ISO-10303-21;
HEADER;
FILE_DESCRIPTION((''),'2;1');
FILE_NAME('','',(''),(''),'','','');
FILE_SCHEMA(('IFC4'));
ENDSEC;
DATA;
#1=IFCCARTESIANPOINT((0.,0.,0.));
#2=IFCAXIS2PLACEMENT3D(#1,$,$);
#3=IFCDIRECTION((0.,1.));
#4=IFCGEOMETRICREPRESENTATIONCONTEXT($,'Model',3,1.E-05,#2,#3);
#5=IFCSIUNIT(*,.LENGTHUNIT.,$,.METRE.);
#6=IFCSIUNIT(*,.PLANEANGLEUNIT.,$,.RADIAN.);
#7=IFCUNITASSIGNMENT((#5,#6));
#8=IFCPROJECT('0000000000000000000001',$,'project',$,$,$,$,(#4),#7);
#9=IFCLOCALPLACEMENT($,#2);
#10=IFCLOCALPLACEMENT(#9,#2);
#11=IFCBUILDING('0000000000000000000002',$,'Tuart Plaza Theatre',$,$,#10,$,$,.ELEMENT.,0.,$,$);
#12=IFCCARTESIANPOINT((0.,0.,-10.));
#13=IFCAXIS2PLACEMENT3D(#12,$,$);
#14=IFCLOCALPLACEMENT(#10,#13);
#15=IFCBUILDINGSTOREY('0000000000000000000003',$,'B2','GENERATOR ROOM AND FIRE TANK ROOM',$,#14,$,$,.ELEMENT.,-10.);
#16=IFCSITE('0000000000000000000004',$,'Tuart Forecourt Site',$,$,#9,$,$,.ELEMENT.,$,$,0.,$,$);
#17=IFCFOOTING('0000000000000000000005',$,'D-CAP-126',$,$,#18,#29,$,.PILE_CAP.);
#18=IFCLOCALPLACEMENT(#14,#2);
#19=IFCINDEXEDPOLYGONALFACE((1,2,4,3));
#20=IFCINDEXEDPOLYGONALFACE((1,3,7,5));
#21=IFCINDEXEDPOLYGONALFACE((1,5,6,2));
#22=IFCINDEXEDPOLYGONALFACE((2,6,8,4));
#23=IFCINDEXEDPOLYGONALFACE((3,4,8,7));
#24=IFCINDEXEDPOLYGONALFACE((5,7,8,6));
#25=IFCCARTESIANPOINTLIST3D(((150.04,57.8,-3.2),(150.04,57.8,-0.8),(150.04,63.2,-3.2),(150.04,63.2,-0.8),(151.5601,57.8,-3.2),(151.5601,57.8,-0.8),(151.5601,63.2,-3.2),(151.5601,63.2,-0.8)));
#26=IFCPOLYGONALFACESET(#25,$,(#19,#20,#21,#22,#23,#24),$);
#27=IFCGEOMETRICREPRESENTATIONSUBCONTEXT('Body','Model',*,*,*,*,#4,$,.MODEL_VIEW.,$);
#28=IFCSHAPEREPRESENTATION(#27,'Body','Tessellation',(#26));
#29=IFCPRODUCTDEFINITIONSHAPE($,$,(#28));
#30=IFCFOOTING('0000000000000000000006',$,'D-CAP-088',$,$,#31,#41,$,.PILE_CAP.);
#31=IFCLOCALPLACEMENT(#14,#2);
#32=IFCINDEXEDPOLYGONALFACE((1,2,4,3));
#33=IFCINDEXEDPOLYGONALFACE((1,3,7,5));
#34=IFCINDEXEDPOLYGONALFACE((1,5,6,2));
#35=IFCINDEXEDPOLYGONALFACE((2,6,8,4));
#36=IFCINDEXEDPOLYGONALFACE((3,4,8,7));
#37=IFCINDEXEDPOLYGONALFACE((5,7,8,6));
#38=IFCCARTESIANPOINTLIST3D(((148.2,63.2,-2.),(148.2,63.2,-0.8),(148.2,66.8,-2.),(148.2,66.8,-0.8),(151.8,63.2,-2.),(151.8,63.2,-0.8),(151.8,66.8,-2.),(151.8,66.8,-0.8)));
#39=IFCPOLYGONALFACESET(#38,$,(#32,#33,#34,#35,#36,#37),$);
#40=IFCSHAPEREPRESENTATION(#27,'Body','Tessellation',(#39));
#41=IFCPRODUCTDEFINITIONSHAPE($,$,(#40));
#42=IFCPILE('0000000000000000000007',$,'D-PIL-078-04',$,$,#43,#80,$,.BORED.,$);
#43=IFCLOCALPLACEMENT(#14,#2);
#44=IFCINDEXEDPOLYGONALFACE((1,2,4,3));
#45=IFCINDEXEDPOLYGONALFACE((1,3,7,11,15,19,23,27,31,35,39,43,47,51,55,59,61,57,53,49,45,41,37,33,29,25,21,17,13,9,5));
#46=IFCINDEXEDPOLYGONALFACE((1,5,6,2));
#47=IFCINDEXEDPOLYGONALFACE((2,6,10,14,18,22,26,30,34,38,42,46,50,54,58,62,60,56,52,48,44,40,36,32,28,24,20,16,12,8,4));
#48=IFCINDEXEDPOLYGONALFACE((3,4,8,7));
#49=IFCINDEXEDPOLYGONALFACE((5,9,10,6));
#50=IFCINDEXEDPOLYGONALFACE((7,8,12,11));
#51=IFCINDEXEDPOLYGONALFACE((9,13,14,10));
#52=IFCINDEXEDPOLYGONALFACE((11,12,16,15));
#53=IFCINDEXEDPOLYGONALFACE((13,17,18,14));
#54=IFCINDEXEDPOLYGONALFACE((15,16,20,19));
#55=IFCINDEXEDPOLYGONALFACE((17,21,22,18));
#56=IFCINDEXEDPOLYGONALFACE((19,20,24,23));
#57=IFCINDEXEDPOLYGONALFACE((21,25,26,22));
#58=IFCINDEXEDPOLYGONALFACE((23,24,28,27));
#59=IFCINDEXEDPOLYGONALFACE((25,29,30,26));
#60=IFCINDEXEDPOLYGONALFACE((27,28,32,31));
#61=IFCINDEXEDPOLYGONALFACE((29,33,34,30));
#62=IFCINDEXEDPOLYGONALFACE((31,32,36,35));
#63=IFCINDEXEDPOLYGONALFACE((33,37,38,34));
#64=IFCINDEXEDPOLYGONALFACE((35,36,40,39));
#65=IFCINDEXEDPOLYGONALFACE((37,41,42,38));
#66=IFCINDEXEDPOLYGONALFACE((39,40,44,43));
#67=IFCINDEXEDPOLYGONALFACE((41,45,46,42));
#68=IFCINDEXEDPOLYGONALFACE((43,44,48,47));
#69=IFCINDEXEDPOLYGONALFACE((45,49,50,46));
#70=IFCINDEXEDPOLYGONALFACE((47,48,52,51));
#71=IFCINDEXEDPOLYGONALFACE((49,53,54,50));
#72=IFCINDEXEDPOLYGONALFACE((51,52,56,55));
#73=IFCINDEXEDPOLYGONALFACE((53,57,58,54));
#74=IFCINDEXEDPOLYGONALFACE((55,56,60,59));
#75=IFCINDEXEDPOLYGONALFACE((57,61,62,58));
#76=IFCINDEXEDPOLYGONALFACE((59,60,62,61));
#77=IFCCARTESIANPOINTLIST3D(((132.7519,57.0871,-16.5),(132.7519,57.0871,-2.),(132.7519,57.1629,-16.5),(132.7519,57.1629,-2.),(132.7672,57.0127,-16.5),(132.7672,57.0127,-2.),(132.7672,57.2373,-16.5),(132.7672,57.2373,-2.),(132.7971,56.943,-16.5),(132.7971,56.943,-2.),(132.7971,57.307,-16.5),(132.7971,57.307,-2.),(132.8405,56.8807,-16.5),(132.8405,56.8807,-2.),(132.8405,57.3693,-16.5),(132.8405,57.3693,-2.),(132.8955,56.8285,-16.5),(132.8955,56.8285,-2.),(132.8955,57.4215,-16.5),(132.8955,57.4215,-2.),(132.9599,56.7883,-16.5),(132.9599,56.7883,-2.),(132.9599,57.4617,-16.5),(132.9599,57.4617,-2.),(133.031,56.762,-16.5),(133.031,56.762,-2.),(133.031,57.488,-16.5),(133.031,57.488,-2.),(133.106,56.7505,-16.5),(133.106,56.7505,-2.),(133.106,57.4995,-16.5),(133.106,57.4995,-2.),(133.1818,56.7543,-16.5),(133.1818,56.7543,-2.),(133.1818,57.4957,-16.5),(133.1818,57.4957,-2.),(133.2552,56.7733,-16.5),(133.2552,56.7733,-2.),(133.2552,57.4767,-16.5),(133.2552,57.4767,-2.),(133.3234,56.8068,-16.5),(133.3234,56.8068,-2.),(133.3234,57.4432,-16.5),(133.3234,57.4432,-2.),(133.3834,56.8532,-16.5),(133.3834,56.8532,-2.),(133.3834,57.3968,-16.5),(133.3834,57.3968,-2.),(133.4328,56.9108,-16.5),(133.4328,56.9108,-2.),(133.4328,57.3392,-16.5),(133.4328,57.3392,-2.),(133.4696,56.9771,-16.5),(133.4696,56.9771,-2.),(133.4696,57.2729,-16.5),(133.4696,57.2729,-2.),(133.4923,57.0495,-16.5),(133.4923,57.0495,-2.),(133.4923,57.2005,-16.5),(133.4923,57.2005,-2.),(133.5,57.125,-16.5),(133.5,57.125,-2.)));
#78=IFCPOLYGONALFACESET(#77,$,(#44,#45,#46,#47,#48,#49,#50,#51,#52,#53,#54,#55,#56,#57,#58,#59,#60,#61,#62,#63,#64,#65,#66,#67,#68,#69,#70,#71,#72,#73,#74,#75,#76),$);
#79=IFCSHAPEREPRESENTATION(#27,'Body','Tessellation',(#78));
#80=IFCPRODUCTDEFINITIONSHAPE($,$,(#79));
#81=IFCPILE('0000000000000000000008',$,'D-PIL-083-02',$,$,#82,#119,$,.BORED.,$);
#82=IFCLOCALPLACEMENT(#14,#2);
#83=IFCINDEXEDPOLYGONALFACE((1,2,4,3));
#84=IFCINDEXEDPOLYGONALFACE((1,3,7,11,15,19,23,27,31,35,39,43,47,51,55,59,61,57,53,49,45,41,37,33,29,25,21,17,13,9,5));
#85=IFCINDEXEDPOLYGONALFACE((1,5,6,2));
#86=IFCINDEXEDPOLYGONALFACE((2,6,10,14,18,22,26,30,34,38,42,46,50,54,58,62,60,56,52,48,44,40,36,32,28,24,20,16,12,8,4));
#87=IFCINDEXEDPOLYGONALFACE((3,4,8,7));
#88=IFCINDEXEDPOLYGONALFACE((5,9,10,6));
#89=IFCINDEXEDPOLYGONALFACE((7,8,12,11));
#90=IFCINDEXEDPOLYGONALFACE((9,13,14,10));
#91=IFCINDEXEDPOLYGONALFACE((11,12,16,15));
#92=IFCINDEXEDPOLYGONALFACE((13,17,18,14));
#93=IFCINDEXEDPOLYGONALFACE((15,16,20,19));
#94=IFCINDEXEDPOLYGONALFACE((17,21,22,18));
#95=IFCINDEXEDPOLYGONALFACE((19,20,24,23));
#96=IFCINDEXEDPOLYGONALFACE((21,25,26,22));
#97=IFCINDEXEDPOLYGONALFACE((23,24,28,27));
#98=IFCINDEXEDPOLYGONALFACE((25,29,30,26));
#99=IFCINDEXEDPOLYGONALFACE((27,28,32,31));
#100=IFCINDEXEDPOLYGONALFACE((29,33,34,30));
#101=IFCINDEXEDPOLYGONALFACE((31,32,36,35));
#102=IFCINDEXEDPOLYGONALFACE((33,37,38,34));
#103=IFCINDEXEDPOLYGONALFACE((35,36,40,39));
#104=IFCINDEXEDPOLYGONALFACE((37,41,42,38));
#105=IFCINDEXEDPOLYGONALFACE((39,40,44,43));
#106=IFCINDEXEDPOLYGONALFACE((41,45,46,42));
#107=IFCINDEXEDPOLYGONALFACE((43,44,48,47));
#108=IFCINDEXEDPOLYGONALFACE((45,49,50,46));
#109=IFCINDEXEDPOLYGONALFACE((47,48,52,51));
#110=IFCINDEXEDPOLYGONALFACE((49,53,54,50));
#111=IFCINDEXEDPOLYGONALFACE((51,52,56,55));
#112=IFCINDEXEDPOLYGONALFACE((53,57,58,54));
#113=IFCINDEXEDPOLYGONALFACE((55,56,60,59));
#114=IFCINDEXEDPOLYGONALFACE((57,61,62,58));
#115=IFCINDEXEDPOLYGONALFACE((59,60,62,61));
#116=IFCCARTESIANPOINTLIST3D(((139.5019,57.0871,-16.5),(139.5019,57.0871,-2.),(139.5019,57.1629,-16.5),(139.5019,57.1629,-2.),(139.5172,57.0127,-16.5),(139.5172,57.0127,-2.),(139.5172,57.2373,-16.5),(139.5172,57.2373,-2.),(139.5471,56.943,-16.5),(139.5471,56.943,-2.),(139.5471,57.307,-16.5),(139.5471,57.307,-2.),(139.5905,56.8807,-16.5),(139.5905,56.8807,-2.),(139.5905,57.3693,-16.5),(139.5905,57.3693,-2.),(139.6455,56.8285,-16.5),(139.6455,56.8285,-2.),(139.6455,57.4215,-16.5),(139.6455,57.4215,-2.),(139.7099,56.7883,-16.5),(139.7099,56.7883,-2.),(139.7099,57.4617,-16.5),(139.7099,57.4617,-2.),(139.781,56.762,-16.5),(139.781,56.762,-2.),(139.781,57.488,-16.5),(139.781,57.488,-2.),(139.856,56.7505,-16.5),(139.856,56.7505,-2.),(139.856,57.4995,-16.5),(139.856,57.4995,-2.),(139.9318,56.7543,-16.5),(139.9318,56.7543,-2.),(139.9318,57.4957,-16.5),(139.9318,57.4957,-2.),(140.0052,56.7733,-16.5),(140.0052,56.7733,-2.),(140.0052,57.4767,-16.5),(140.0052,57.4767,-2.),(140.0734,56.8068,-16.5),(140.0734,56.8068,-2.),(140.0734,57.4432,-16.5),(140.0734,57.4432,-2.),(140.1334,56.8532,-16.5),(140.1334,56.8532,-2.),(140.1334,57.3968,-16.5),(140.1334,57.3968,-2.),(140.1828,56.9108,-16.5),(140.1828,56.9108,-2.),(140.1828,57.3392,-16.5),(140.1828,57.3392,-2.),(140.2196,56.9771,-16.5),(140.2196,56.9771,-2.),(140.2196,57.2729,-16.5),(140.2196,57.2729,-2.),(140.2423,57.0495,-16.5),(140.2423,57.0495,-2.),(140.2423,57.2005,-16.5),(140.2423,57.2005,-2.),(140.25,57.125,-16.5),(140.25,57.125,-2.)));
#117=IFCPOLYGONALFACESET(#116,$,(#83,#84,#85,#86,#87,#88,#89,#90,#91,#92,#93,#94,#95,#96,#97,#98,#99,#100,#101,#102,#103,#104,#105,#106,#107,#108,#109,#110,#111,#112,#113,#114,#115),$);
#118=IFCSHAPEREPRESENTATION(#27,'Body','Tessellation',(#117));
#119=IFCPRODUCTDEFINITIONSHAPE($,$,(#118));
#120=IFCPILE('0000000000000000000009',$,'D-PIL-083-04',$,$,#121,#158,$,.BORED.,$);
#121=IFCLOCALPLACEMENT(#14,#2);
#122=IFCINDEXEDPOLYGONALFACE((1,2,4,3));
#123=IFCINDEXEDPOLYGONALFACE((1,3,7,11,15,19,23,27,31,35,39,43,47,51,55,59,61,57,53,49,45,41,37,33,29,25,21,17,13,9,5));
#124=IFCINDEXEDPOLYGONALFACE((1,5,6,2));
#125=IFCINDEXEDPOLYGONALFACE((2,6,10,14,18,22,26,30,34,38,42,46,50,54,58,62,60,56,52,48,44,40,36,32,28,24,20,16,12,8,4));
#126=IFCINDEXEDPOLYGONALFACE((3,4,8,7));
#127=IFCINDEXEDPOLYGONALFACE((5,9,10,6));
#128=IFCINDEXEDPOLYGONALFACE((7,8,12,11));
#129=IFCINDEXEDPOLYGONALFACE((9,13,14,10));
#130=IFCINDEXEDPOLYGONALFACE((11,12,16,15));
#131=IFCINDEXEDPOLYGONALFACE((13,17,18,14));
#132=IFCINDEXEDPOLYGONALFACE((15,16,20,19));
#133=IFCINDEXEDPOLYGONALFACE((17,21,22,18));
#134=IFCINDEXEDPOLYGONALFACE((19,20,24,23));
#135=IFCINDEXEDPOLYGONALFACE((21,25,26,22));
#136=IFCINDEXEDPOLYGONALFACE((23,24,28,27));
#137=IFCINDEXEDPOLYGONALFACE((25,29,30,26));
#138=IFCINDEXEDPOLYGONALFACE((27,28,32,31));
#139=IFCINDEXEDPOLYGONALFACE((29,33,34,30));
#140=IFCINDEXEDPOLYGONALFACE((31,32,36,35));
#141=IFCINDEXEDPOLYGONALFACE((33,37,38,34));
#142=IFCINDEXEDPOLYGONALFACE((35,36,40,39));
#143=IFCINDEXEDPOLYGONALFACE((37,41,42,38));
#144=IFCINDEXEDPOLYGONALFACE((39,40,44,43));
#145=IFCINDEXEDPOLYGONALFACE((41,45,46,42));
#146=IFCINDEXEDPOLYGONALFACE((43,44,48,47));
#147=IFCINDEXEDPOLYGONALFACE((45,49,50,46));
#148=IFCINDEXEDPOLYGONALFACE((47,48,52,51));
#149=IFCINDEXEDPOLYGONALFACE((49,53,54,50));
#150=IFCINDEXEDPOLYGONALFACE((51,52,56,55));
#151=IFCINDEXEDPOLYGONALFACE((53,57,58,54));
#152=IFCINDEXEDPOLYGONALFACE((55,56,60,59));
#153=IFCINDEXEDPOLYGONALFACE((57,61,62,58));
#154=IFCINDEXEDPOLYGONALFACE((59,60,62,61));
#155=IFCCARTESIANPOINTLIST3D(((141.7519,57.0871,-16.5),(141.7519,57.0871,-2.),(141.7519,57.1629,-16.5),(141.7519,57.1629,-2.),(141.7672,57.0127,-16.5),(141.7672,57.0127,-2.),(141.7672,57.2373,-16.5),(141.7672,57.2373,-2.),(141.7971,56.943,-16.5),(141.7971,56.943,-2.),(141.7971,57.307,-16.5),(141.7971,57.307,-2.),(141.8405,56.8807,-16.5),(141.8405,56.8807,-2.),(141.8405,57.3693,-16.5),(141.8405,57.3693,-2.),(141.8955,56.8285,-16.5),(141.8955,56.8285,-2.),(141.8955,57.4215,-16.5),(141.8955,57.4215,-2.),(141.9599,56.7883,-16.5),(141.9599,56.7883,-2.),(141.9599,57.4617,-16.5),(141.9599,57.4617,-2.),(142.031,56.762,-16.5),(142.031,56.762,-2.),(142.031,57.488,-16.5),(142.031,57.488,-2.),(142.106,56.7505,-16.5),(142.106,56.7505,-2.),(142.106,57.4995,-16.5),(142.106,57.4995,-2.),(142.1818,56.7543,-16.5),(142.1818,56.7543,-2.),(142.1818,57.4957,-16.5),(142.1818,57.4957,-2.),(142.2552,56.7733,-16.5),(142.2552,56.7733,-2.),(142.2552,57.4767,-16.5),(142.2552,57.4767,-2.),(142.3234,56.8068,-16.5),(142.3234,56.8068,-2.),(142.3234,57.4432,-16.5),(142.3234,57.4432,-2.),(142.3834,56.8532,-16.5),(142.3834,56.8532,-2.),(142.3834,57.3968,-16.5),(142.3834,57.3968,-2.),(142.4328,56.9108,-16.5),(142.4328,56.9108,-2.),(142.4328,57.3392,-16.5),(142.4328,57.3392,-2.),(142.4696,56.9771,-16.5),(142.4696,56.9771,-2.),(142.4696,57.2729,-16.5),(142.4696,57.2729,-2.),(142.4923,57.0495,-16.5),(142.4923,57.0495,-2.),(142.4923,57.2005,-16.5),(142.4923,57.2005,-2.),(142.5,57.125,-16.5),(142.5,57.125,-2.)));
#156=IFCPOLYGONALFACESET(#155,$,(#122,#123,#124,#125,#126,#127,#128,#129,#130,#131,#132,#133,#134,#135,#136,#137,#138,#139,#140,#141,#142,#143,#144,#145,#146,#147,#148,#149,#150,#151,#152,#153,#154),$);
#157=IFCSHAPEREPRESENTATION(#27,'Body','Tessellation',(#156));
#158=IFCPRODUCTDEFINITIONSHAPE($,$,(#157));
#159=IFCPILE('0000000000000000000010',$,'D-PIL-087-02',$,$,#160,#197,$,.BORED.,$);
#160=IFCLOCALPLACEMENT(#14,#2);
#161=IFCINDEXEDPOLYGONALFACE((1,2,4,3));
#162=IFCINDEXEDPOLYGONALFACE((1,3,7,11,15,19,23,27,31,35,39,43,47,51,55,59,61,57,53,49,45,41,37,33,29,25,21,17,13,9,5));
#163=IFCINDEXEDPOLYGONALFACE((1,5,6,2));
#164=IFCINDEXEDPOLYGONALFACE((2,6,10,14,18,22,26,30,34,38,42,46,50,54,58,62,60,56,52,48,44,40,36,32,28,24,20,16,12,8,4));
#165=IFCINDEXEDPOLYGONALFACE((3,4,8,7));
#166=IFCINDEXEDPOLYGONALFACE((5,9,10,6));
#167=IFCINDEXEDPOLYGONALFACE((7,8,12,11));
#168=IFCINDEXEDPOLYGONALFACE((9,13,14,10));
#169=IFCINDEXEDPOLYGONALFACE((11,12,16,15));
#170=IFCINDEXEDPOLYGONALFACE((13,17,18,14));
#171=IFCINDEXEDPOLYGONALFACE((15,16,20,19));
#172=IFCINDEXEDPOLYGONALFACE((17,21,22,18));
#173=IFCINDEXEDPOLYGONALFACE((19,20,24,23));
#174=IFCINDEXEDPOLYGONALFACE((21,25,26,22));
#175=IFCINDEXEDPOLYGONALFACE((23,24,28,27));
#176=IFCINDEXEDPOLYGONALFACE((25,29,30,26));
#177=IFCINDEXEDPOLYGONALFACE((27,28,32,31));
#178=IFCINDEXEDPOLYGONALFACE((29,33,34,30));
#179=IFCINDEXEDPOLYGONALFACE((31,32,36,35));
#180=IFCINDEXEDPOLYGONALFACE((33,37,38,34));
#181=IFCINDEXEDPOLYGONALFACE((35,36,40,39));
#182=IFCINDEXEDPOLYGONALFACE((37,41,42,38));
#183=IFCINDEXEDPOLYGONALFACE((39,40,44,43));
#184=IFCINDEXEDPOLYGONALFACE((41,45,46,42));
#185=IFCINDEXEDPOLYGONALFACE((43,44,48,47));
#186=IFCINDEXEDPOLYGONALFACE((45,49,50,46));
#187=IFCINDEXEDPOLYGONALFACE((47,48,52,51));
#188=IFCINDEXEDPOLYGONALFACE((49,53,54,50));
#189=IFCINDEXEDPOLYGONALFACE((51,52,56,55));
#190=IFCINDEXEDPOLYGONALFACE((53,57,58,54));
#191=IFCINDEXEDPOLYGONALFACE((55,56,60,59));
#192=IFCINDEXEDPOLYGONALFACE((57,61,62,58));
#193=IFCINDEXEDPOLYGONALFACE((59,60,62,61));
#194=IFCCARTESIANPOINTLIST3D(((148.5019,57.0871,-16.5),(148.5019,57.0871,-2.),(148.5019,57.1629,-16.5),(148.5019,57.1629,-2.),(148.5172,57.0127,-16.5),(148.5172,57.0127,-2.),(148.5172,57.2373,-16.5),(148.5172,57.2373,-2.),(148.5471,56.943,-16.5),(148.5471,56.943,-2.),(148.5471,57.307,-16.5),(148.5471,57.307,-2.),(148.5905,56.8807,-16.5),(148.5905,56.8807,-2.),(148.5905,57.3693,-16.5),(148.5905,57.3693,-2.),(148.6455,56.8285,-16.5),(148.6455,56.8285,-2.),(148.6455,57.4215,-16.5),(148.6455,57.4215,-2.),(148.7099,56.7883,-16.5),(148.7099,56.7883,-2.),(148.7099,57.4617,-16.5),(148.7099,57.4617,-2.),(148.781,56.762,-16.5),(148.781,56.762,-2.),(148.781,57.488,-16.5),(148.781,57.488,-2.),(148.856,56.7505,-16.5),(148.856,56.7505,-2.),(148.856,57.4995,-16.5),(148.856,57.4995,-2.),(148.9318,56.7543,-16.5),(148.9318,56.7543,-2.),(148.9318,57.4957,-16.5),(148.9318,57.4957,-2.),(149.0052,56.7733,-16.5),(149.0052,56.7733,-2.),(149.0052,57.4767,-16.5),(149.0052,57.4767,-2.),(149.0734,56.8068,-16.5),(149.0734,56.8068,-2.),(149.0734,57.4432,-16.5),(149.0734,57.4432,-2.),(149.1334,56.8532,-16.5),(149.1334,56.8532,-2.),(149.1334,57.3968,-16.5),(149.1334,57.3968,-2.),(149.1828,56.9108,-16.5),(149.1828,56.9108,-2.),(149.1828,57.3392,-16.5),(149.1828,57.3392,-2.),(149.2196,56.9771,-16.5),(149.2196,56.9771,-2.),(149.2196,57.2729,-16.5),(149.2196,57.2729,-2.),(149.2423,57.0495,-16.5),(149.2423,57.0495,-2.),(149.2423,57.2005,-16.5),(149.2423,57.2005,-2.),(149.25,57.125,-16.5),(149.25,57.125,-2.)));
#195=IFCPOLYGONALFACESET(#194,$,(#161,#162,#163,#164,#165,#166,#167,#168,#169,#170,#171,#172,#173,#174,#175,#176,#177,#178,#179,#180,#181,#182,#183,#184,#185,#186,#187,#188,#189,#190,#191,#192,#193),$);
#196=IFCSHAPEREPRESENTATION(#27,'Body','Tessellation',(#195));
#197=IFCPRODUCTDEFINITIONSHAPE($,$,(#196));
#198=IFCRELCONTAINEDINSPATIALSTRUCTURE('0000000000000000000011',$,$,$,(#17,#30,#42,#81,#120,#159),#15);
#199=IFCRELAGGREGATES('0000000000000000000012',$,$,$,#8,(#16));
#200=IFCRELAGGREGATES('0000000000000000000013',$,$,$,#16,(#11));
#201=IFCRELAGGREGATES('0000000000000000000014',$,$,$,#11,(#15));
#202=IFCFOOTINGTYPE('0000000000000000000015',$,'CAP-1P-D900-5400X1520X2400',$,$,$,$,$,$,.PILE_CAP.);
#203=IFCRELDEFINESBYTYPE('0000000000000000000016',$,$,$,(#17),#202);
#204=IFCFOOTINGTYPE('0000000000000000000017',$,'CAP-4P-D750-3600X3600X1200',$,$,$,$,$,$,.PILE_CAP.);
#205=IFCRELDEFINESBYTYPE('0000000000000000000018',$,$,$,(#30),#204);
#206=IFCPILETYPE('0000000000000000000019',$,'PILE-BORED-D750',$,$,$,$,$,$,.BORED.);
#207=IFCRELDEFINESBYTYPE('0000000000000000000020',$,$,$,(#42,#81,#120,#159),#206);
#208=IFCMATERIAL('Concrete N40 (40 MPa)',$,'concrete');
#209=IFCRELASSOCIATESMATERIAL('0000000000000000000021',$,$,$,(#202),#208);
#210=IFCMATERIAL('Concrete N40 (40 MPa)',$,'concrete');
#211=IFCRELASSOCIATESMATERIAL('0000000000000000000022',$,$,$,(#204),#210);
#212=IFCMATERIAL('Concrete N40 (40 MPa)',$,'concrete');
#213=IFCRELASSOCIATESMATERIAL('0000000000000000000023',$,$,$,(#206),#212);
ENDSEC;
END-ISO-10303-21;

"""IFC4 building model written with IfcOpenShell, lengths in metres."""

from ifc_helpers import new_model, si_unit, direction, frame, origin, origin_2d, place, context, subcontext, project, spatial, rectangle, circle, extrude, material, material_profile, profile_set, type_object, element, save


model = new_model("IFC4")

# Units and contexts
model_context = context("Model", 3, precision=1e-05, world=origin(), true_north=direction((0.0, 1.0)))
body_context = subcontext(model_context, "Body", "Model", "MODEL_VIEW")
ifc_project = project(units=[si_unit("LENGTHUNIT", "METRE"), si_unit("PLANEANGLEUNIT", "RADIAN")], contexts=[model_context])

# Site, building, storey
site_placement = place(None, origin())
site = spatial("IfcSite", under=ifc_project, at=site_placement, Name="Tuart Forecourt Site", CompositionType="ELEMENT", RefElevation=0.0)
building_placement = place(site_placement, origin())
building = spatial("IfcBuilding", under=site, at=building_placement, Name="Tuart Plaza Theatre", CompositionType="ELEMENT", ElevationOfRefHeight=0.0)
storey_placement = place(building_placement, frame((0.0, 0.0, -10.0)))
storey = spatial("IfcBuildingStorey", under=building, at=storey_placement, Name="B2", Description="GENERATOR ROOM AND FIRE TANK ROOM", CompositionType="ELEMENT", Elevation=-10.0)

# Footings
ifc_material_1 = material(Name="Concrete N40 (40 MPa)", Category="concrete")
footing_type_1 = type_object("IfcFootingType", Name="CAP-1P-D900-5400X1520X2400", PredefinedType="PILE_CAP", material=ifc_material_1)
footing_1_placement = place(storey_placement, frame((150.8, 60.5, -3.2), z_axis=(0.0, 0.0, 1.0), x_axis=(0.0, 1.0, 0.0)))
element("IfcFooting", 1, at=footing_1_placement, inside=storey, type_object=footing_type_1, Name="D-CAP-126", PredefinedType="PILE_CAP", context=body_context, shape_type="SweptSolid", body=[
    extrude(rectangle(XDim=5.3999, YDim=1.52, at=origin_2d()), origin(), (0.0, 0.0, 1.0), 2.3999),
])
ifc_material_2 = material(Name="Concrete N40 (40 MPa)", Category="concrete")
footing_type_2 = type_object("IfcFootingType", Name="CAP-4P-D750-3600X3600X1200", PredefinedType="PILE_CAP", material=ifc_material_2)
footing_2_placement = place(storey_placement, frame((150.0, 65.0, -2.0), z_axis=(0.0, 0.0, 1.0), x_axis=(1.0, 0.0, 0.0)))
element("IfcFooting", 2, at=footing_2_placement, inside=storey, type_object=footing_type_2, Name="D-CAP-088", PredefinedType="PILE_CAP", context=body_context, shape_type="SweptSolid", body=[
    extrude(rectangle(XDim=3.6001, YDim=3.6001, at=origin_2d()), origin(), (0.0, 0.0, 1.0), 1.2),
])

# Piles
ifc_material_3 = material(Name="Concrete N40 (40 MPa)", Category="concrete")
ifc_material_profile_1 = material_profile(ifc_material_3, circle(Radius=0.375, at=origin_2d()), Name="PILE-BORED-D750")
ifc_profile_set_1 = profile_set([ifc_material_profile_1], Name="Concrete N40 (40 MPa)")
pile_type_1 = type_object("IfcPileType", Name="PILE-BORED-D750", PredefinedType="BORED", material=ifc_profile_set_1)
for number, where, z_axis, x_axis, name in (
    (3, (133.125, 57.125, -2.0), (0.0, 0.0, -1.0), (1.0, 0.0, 0.0), "D-PIL-078-04"),
    (4, (139.875, 57.125, -2.0), (0.0, 0.0, -1.0), (1.0, 0.0, 0.0), "D-PIL-083-02"),
    (5, (142.125, 57.125, -2.0), (0.0, 0.0, -1.0), (1.0, 0.0, 0.0), "D-PIL-083-04"),
    (6, (148.875, 57.125, -2.0), (0.0, 0.0, -1.0), (1.0, 0.0, 0.0), "D-PIL-087-02"),
):
    element("IfcPile", number, at=place(storey_placement, frame(where, z_axis=z_axis, x_axis=x_axis)), inside=storey, type_object=pile_type_1, Name=name, PredefinedType="BORED", context=body_context, shape_type="SweptSolid", body=[
        extrude(circle(Radius=0.375, at=origin_2d()), origin(), (0.0, 0.0, 1.0), 14.5),
    ])

save(model, "model.ifc")
